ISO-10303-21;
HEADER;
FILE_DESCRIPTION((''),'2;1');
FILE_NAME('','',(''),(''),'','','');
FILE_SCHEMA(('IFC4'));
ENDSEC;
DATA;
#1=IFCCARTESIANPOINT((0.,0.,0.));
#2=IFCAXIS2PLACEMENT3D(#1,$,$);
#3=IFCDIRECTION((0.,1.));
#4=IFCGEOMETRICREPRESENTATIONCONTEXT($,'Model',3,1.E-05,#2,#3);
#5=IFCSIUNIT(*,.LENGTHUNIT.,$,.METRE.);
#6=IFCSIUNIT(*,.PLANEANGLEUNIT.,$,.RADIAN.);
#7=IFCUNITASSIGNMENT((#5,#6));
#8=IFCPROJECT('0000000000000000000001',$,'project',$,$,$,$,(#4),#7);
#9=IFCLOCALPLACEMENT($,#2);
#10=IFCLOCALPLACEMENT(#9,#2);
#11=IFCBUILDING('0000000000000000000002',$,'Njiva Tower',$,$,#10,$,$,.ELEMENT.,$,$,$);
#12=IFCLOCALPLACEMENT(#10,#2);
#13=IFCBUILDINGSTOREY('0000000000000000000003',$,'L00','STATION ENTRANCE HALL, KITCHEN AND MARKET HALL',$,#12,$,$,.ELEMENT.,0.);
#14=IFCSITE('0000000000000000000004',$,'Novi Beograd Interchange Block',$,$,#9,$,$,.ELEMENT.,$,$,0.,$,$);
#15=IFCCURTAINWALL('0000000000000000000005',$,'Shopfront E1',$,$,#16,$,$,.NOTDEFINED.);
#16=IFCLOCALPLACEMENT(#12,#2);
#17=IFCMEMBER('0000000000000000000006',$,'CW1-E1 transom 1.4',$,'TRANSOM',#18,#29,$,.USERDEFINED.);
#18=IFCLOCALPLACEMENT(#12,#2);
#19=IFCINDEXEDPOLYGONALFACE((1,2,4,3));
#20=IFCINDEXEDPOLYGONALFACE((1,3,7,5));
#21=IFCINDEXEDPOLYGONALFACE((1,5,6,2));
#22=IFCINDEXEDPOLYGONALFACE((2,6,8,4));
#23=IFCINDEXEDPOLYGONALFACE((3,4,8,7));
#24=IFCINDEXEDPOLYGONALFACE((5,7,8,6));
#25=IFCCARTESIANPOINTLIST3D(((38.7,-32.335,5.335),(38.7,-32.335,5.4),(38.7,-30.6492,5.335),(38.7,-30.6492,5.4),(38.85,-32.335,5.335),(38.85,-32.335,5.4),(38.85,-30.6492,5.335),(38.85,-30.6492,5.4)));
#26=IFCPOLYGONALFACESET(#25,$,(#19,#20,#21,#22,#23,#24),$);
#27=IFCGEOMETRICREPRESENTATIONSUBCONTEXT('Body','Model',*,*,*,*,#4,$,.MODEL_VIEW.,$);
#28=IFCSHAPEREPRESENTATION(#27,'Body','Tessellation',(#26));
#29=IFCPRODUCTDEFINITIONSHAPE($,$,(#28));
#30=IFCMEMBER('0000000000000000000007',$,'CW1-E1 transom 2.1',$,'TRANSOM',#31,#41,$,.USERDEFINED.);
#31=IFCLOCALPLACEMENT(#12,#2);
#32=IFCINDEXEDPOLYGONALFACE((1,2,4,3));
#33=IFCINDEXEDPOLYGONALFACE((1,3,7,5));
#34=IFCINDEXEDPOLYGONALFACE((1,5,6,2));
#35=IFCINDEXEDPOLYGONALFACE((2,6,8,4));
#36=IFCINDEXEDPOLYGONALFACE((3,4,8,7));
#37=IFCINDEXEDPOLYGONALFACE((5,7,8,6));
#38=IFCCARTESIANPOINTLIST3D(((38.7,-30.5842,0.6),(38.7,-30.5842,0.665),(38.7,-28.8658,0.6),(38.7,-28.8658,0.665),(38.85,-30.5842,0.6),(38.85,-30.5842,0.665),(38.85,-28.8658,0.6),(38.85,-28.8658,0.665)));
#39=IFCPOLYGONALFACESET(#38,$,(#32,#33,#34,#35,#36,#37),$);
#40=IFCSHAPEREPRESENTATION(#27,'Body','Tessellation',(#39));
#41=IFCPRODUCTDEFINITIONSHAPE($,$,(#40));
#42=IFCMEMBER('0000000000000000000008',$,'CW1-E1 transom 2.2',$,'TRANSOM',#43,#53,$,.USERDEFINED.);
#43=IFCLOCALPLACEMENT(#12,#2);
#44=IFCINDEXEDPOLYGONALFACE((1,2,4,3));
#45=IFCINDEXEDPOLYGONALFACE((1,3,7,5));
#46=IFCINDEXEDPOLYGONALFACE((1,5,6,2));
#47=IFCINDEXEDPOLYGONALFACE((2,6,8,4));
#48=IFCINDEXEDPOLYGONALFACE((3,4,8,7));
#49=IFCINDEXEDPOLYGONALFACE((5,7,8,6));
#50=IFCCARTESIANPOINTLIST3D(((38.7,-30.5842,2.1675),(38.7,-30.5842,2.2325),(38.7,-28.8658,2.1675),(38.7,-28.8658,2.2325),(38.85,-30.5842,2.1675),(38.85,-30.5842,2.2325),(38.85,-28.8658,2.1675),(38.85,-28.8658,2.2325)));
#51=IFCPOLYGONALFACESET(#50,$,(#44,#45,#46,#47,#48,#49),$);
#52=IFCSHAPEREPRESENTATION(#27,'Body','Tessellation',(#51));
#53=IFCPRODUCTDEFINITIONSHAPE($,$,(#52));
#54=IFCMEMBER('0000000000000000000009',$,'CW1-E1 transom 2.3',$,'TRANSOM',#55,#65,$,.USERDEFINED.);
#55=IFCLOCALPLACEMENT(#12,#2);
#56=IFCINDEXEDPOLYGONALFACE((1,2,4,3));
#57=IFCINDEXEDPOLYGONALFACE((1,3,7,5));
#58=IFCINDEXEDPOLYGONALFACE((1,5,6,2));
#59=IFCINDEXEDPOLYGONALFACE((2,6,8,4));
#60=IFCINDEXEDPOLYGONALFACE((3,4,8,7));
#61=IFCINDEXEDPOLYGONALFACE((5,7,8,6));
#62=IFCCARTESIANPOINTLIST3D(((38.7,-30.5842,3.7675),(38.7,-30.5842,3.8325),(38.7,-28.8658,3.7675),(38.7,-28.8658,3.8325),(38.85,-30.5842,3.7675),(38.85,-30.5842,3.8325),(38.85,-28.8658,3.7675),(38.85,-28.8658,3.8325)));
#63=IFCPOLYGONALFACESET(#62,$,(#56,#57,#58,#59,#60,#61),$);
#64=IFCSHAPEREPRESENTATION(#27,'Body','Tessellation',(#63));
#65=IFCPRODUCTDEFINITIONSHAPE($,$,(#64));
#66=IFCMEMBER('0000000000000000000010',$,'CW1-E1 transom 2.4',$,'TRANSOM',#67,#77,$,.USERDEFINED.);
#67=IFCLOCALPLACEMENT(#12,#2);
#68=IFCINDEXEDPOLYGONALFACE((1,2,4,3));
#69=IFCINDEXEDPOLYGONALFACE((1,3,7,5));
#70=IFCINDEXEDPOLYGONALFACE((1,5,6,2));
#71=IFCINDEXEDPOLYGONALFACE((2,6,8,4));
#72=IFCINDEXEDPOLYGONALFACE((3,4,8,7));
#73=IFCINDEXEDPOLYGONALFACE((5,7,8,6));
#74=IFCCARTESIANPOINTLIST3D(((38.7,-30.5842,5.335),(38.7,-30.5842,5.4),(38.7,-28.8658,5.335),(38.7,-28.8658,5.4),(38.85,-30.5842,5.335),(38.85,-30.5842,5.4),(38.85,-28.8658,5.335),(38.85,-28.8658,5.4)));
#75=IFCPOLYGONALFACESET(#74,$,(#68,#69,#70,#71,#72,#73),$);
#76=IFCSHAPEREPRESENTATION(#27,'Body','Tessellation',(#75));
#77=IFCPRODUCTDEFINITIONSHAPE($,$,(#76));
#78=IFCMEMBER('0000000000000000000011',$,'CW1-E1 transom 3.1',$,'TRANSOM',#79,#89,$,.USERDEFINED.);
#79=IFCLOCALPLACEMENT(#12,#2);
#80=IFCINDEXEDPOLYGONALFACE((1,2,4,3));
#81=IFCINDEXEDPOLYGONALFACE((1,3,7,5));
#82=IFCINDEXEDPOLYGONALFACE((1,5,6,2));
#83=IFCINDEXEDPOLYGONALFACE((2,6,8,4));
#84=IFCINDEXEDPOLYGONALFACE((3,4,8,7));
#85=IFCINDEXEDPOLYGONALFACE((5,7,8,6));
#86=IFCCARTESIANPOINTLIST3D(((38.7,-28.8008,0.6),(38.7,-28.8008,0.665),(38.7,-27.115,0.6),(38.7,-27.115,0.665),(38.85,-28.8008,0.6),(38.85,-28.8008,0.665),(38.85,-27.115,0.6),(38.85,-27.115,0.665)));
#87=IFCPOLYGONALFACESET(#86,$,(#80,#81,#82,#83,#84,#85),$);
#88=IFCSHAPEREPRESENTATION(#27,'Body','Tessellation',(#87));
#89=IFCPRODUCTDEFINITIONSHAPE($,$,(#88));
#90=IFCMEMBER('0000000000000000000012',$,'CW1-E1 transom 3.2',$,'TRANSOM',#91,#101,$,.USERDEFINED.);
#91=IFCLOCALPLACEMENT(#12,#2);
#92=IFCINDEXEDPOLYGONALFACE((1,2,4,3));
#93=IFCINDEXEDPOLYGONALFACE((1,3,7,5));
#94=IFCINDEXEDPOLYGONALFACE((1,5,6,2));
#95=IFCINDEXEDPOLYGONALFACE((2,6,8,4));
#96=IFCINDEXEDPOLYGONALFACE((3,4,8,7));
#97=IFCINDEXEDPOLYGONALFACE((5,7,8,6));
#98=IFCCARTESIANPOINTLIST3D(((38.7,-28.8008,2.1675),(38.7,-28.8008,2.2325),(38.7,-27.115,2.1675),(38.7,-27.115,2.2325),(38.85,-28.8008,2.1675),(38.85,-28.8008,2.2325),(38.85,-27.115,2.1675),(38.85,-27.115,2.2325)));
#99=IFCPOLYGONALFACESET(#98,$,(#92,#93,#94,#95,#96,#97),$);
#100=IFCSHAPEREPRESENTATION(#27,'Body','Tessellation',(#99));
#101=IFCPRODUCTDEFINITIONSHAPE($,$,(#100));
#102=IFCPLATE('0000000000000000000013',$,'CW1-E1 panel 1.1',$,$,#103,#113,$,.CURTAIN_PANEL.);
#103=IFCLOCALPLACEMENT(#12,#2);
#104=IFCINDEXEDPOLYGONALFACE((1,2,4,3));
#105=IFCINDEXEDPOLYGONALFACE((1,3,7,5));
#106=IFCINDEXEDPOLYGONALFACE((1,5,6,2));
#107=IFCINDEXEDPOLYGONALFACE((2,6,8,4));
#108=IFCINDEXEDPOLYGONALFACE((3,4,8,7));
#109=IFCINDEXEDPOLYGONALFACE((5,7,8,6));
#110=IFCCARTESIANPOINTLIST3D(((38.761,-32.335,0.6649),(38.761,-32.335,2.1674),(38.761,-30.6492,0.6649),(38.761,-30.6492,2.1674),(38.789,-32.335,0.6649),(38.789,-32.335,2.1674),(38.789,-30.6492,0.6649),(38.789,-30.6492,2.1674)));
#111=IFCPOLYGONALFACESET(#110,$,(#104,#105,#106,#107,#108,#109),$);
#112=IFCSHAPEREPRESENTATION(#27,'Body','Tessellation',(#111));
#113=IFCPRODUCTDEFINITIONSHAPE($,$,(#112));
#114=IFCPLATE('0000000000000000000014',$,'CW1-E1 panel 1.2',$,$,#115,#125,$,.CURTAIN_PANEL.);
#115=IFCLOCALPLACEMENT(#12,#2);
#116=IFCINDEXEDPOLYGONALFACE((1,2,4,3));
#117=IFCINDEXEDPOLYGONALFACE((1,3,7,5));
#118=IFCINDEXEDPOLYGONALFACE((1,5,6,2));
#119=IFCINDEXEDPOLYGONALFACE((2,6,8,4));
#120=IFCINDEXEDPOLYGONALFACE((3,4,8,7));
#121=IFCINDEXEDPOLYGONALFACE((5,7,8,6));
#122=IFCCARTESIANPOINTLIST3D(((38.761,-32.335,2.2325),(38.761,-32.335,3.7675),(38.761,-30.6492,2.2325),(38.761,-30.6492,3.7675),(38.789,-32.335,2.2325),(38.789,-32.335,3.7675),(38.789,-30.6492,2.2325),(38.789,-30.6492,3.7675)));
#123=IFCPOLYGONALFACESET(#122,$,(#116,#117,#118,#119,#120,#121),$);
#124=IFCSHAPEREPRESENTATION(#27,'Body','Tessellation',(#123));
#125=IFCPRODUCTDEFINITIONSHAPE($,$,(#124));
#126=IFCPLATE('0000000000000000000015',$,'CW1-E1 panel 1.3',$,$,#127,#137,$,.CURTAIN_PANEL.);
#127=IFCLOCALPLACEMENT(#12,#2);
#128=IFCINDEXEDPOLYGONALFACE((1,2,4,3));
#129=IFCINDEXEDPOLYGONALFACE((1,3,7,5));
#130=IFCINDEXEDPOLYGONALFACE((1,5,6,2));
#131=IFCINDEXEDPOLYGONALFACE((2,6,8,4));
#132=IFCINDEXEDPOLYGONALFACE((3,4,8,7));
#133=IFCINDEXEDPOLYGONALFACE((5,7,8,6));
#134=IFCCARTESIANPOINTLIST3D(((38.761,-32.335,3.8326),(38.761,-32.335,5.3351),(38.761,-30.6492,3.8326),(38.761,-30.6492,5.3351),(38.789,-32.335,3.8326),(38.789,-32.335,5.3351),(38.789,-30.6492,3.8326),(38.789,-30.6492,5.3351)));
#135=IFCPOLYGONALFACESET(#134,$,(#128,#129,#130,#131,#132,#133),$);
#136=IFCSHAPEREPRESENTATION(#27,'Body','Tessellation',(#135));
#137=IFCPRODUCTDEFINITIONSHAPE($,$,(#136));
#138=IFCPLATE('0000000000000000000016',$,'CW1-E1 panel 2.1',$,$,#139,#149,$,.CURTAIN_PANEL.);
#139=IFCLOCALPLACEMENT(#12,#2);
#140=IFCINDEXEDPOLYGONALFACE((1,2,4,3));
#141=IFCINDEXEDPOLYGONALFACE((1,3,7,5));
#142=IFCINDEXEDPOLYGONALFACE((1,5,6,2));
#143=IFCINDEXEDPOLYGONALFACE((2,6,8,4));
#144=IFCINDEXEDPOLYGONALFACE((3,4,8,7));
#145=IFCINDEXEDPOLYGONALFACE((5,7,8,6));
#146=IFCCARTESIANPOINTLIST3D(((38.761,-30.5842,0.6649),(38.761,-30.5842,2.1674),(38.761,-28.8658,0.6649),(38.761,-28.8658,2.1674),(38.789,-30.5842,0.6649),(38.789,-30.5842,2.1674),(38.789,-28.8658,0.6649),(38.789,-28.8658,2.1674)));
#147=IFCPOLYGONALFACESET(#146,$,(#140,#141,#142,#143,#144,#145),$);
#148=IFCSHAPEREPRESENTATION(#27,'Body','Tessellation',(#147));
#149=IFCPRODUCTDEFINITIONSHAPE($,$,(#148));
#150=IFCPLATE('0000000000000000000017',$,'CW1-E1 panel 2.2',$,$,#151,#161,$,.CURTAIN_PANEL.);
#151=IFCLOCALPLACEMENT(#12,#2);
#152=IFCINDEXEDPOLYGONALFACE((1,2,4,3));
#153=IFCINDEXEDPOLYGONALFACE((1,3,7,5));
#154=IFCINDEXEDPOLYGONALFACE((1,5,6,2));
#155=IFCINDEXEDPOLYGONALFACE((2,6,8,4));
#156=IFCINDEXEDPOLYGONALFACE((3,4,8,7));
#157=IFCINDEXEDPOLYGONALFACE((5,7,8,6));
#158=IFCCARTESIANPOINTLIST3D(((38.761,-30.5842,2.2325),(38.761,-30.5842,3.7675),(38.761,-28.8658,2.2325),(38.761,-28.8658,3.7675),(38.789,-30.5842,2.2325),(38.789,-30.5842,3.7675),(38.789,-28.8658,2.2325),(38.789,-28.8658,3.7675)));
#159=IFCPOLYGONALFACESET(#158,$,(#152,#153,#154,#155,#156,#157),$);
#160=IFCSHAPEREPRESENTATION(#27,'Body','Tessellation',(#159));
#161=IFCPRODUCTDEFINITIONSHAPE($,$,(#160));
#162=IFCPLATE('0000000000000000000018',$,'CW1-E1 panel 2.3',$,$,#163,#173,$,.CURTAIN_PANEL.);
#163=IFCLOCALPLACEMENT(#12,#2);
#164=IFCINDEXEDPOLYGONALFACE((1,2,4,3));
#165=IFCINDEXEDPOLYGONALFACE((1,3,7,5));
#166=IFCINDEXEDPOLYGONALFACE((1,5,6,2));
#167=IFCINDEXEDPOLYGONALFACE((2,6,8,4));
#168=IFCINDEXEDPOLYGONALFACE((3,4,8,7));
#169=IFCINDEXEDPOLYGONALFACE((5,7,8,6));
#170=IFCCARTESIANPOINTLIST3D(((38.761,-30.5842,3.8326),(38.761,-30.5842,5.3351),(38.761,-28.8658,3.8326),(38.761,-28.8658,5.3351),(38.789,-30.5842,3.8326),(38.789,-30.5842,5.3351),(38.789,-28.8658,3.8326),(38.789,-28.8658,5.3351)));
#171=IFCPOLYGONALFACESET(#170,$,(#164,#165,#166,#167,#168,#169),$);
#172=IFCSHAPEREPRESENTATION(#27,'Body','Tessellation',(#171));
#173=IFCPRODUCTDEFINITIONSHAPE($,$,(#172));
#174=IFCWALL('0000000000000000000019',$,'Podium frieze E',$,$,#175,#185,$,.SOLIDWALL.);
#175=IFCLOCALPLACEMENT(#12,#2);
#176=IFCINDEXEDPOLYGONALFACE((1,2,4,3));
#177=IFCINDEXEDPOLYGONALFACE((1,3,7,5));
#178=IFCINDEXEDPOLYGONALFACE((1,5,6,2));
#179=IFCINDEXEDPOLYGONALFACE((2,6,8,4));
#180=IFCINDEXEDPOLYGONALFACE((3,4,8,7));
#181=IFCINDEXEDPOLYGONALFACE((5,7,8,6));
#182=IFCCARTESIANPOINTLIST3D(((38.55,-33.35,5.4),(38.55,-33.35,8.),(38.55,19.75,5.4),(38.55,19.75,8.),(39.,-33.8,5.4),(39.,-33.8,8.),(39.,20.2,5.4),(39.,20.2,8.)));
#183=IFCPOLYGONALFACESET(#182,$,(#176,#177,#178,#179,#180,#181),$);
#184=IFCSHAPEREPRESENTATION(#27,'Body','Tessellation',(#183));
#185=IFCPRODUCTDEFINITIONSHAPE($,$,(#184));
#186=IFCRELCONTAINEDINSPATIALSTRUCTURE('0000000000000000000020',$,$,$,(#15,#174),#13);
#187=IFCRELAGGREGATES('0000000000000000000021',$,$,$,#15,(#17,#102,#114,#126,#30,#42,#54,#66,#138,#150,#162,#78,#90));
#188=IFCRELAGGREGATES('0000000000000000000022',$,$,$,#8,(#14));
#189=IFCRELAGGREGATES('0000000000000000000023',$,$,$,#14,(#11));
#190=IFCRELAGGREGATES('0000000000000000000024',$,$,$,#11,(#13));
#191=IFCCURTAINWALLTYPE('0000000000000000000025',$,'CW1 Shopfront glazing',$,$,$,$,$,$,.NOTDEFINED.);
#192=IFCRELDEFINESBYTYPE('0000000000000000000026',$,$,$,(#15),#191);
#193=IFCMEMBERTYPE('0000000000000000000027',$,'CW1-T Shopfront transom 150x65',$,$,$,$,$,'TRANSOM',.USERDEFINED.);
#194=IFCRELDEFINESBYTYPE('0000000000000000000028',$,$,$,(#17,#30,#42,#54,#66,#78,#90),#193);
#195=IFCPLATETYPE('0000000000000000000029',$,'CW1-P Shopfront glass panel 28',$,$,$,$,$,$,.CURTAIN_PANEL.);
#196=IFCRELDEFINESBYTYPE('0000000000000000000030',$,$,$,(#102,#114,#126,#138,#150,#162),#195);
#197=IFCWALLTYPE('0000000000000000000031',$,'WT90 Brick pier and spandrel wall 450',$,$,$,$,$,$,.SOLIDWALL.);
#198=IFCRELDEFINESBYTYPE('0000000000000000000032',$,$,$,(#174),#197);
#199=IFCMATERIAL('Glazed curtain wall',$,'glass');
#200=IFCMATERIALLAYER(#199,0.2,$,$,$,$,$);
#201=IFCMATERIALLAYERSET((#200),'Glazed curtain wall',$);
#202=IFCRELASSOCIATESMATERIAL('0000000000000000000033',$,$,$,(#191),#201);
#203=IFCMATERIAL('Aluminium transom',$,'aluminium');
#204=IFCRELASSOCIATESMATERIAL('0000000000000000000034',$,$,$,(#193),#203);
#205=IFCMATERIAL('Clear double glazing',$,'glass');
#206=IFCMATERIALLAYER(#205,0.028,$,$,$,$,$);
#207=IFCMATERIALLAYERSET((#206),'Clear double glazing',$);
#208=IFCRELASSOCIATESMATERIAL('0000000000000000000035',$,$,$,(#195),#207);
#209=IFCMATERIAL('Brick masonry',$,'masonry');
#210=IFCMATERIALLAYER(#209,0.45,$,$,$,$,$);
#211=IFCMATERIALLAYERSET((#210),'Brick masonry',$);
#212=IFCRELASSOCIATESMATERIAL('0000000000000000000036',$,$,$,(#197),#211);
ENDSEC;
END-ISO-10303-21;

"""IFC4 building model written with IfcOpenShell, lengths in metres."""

from ifc_helpers import new_model, si_unit, direction, frame, origin, origin_2d, place, context, subcontext, project, spatial, polyline, rectangle, outline, extrude, material, layer, layer_set, material_profile, profile_set, type_object, element, aggregate, save


model = new_model("IFC4")

# Units and contexts
model_context = context("Model", 3, precision=1e-05, world=origin(), true_north=direction((0.0, 1.0)))
body_context = subcontext(model_context, "Body", "Model", "MODEL_VIEW")
ifc_project = project(units=[si_unit("LENGTHUNIT", "METRE"), si_unit("PLANEANGLEUNIT", "RADIAN")], contexts=[model_context])

# Site, building, storey
site_placement = place(None, origin())
site = spatial("IfcSite", under=ifc_project, at=site_placement, Name="Novi Beograd Interchange Block", CompositionType="ELEMENT", RefElevation=0.0)
building_placement = place(site_placement, origin())
building = spatial("IfcBuilding", under=site, at=building_placement, Name="Njiva Tower", CompositionType="ELEMENT")
storey_placement = place(building_placement, origin())
storey = spatial("IfcBuildingStorey", under=building, at=storey_placement, Name="L00", Description="STATION ENTRANCE HALL, KITCHEN AND MARKET HALL", CompositionType="ELEMENT", Elevation=0.0)

# Curtain wall, members, plates
ifc_material_1 = material(Name="Glazed curtain wall", Category="glass")
ifc_layer_1 = layer(ifc_material_1, 0.2)
ifc_layer_set_1 = layer_set([ifc_layer_1], Name="Glazed curtain wall")
curtain_wall_type = type_object("IfcCurtainWallType", Name="CW1 Shopfront glazing", PredefinedType="NOTDEFINED", material=ifc_layer_set_1)
curtain_wall_placement = place(storey_placement, origin())
curtain_wall = element("IfcCurtainWall", 1, at=curtain_wall_placement, inside=storey, type_object=curtain_wall_type, Name="Shopfront E1", PredefinedType="NOTDEFINED")
ifc_material_2 = material(Name="Aluminium transom", Category="aluminium")
ifc_material_profile_1 = material_profile(ifc_material_2, rectangle(XDim=0.15, YDim=0.065, at=origin_2d()), Name="RECT 150x65")
ifc_profile_set_1 = profile_set([ifc_material_profile_1], Name="Aluminium transom")
member_type_1 = type_object("IfcMemberType", Name="CW1-T Shopfront transom 150x65", ElementType="TRANSOM", PredefinedType="USERDEFINED", material=ifc_profile_set_1)
member_1_placement = place(storey_placement, frame((38.775, -32.335, 5.3675), z_axis=(0.0, 1.0, 0.0), x_axis=(-1.0, 0.0, 0.0)))
member_1 = element("IfcMember", 2, at=member_1_placement, type_object=member_type_1, Name="CW1-E1 transom 1.4", ObjectType="TRANSOM", PredefinedType="USERDEFINED", context=body_context, shape_type="SweptSolid", body=[
    extrude(rectangle(XDim=0.15, YDim=0.065, at=origin_2d()), origin(), (0.0, 0.0, 1.0), 1.6858),
])
member_2_placement = place(storey_placement, frame((38.775, -30.5842, 0.6325), z_axis=(0.0, 1.0, 0.0), x_axis=(-1.0, 0.0, 0.0)))
member_2 = element("IfcMember", 3, at=member_2_placement, type_object=member_type_1, Name="CW1-E1 transom 2.1", ObjectType="TRANSOM", PredefinedType="USERDEFINED", context=body_context, shape_type="SweptSolid", body=[
    extrude(rectangle(XDim=0.15, YDim=0.065, at=origin_2d()), origin(), (0.0, 0.0, 1.0), 1.7184),
])
member_3_placement = place(storey_placement, frame((38.775, -30.5842, 2.2), z_axis=(0.0, 1.0, 0.0), x_axis=(-1.0, 0.0, 0.0)))
member_3 = element("IfcMember", 4, at=member_3_placement, type_object=member_type_1, Name="CW1-E1 transom 2.2", ObjectType="TRANSOM", PredefinedType="USERDEFINED", context=body_context, shape_type="SweptSolid", body=[
    extrude(rectangle(XDim=0.15, YDim=0.065, at=origin_2d()), origin(), (0.0, 0.0, 1.0), 1.7184),
])
member_4_placement = place(storey_placement, frame((38.775, -30.5842, 3.8), z_axis=(0.0, 1.0, 0.0), x_axis=(-1.0, 0.0, 0.0)))
member_4 = element("IfcMember", 5, at=member_4_placement, type_object=member_type_1, Name="CW1-E1 transom 2.3", ObjectType="TRANSOM", PredefinedType="USERDEFINED", context=body_context, shape_type="SweptSolid", body=[
    extrude(rectangle(XDim=0.15, YDim=0.065, at=origin_2d()), origin(), (0.0, 0.0, 1.0), 1.7184),
])
member_5_placement = place(storey_placement, frame((38.775, -30.5842, 5.3675), z_axis=(0.0, 1.0, 0.0), x_axis=(-1.0, 0.0, 0.0)))
member_5 = element("IfcMember", 6, at=member_5_placement, type_object=member_type_1, Name="CW1-E1 transom 2.4", ObjectType="TRANSOM", PredefinedType="USERDEFINED", context=body_context, shape_type="SweptSolid", body=[
    extrude(rectangle(XDim=0.15, YDim=0.065, at=origin_2d()), origin(), (0.0, 0.0, 1.0), 1.7184),
])
member_6_placement = place(storey_placement, frame((38.775, -28.8008, 0.6325), z_axis=(0.0, 1.0, 0.0), x_axis=(-1.0, 0.0, 0.0)))
member_6 = element("IfcMember", 7, at=member_6_placement, type_object=member_type_1, Name="CW1-E1 transom 3.1", ObjectType="TRANSOM", PredefinedType="USERDEFINED", context=body_context, shape_type="SweptSolid", body=[
    extrude(rectangle(XDim=0.15, YDim=0.065, at=origin_2d()), origin(), (0.0, 0.0, 1.0), 1.6858),
])
member_7_placement = place(storey_placement, frame((38.775, -28.8008, 2.2), z_axis=(0.0, 1.0, 0.0), x_axis=(-1.0, 0.0, 0.0)))
member_7 = element("IfcMember", 8, at=member_7_placement, type_object=member_type_1, Name="CW1-E1 transom 3.2", ObjectType="TRANSOM", PredefinedType="USERDEFINED", context=body_context, shape_type="SweptSolid", body=[
    extrude(rectangle(XDim=0.15, YDim=0.065, at=origin_2d()), origin(), (0.0, 0.0, 1.0), 1.6858),
])
ifc_material_3 = material(Name="Clear double glazing", Category="glass")
ifc_layer_2 = layer(ifc_material_3, 0.028)
ifc_layer_set_2 = layer_set([ifc_layer_2], Name="Clear double glazing")
plate_type = type_object("IfcPlateType", Name="CW1-P Shopfront glass panel 28", PredefinedType="CURTAIN_PANEL", material=ifc_layer_set_2)
plate_1_placement = place(storey_placement, frame((38.775, -31.4921, 0.6649), z_axis=(0.0, 0.0, 1.0), x_axis=(0.0, 1.0, 0.0)))
plate_1 = element("IfcPlate", 9, at=plate_1_placement, type_object=plate_type, Name="CW1-E1 panel 1.1", PredefinedType="CURTAIN_PANEL", context=body_context, shape_type="SweptSolid", body=[
    extrude(rectangle(XDim=1.6858, YDim=0.028, at=origin_2d()), origin(), (0.0, 0.0, 1.0), 1.5025),
])
plate_2_placement = place(storey_placement, frame((38.775, -31.4921, 2.2325), z_axis=(0.0, 0.0, 1.0), x_axis=(0.0, 1.0, 0.0)))
plate_2 = element("IfcPlate", 10, at=plate_2_placement, type_object=plate_type, Name="CW1-E1 panel 1.2", PredefinedType="CURTAIN_PANEL", context=body_context, shape_type="SweptSolid", body=[
    extrude(rectangle(XDim=1.6858, YDim=0.028, at=origin_2d()), origin(), (0.0, 0.0, 1.0), 1.535),
])
plate_3_placement = place(storey_placement, frame((38.775, -31.4921, 3.8326), z_axis=(0.0, 0.0, 1.0), x_axis=(0.0, 1.0, 0.0)))
plate_3 = element("IfcPlate", 11, at=plate_3_placement, type_object=plate_type, Name="CW1-E1 panel 1.3", PredefinedType="CURTAIN_PANEL", context=body_context, shape_type="SweptSolid", body=[
    extrude(rectangle(XDim=1.6858, YDim=0.028, at=origin_2d()), origin(), (0.0, 0.0, 1.0), 1.5025),
])
plate_4_placement = place(storey_placement, frame((38.775, -29.725, 0.6649), z_axis=(0.0, 0.0, 1.0), x_axis=(0.0, 1.0, 0.0)))
plate_4 = element("IfcPlate", 12, at=plate_4_placement, type_object=plate_type, Name="CW1-E1 panel 2.1", PredefinedType="CURTAIN_PANEL", context=body_context, shape_type="SweptSolid", body=[
    extrude(rectangle(XDim=1.7183, YDim=0.028, at=origin_2d()), origin(), (0.0, 0.0, 1.0), 1.5025),
])
plate_5_placement = place(storey_placement, frame((38.775, -29.725, 2.2325), z_axis=(0.0, 0.0, 1.0), x_axis=(0.0, 1.0, 0.0)))
plate_5 = element("IfcPlate", 13, at=plate_5_placement, type_object=plate_type, Name="CW1-E1 panel 2.2", PredefinedType="CURTAIN_PANEL", context=body_context, shape_type="SweptSolid", body=[
    extrude(rectangle(XDim=1.7183, YDim=0.028, at=origin_2d()), origin(), (0.0, 0.0, 1.0), 1.535),
])
plate_6_placement = place(storey_placement, frame((38.775, -29.725, 3.8326), z_axis=(0.0, 0.0, 1.0), x_axis=(0.0, 1.0, 0.0)))
plate_6 = element("IfcPlate", 14, at=plate_6_placement, type_object=plate_type, Name="CW1-E1 panel 2.3", PredefinedType="CURTAIN_PANEL", context=body_context, shape_type="SweptSolid", body=[
    extrude(rectangle(XDim=1.7183, YDim=0.028, at=origin_2d()), origin(), (0.0, 0.0, 1.0), 1.5025),
])
aggregate(curtain_wall, [member_1, plate_1, plate_2, plate_3, member_2, member_3, member_4, member_5, plate_4, plate_5, plate_6, member_6, member_7])

# Wall
ifc_material_4 = material(Name="Brick masonry", Category="masonry")
ifc_layer_3 = layer(ifc_material_4, 0.45)
ifc_layer_set_3 = layer_set([ifc_layer_3], Name="Brick masonry")
wall_type_1 = type_object("IfcWallType", Name="WT90 Brick pier and spandrel wall 450", PredefinedType="SOLIDWALL", material=ifc_layer_set_3)
wall_1_placement = place(storey_placement, frame((38.775, -33.575, 5.4), z_axis=(0.0, 0.0, 1.0), x_axis=(0.0, 1.0, 0.0)))
element("IfcWall", 15, at=wall_1_placement, inside=storey, type_object=wall_type_1, Name="Podium frieze E", PredefinedType="SOLIDWALL", context=body_context, shape_type="SweptSolid", body=[
    extrude(outline(polyline([(-0.225, -0.225), (53.775, -0.225), (53.325, 0.225), (0.225, 0.225), (-0.225, -0.225)])), origin(), (0.0, 0.0, 1.0), 2.6),
])

save(model, "model.ifc")
